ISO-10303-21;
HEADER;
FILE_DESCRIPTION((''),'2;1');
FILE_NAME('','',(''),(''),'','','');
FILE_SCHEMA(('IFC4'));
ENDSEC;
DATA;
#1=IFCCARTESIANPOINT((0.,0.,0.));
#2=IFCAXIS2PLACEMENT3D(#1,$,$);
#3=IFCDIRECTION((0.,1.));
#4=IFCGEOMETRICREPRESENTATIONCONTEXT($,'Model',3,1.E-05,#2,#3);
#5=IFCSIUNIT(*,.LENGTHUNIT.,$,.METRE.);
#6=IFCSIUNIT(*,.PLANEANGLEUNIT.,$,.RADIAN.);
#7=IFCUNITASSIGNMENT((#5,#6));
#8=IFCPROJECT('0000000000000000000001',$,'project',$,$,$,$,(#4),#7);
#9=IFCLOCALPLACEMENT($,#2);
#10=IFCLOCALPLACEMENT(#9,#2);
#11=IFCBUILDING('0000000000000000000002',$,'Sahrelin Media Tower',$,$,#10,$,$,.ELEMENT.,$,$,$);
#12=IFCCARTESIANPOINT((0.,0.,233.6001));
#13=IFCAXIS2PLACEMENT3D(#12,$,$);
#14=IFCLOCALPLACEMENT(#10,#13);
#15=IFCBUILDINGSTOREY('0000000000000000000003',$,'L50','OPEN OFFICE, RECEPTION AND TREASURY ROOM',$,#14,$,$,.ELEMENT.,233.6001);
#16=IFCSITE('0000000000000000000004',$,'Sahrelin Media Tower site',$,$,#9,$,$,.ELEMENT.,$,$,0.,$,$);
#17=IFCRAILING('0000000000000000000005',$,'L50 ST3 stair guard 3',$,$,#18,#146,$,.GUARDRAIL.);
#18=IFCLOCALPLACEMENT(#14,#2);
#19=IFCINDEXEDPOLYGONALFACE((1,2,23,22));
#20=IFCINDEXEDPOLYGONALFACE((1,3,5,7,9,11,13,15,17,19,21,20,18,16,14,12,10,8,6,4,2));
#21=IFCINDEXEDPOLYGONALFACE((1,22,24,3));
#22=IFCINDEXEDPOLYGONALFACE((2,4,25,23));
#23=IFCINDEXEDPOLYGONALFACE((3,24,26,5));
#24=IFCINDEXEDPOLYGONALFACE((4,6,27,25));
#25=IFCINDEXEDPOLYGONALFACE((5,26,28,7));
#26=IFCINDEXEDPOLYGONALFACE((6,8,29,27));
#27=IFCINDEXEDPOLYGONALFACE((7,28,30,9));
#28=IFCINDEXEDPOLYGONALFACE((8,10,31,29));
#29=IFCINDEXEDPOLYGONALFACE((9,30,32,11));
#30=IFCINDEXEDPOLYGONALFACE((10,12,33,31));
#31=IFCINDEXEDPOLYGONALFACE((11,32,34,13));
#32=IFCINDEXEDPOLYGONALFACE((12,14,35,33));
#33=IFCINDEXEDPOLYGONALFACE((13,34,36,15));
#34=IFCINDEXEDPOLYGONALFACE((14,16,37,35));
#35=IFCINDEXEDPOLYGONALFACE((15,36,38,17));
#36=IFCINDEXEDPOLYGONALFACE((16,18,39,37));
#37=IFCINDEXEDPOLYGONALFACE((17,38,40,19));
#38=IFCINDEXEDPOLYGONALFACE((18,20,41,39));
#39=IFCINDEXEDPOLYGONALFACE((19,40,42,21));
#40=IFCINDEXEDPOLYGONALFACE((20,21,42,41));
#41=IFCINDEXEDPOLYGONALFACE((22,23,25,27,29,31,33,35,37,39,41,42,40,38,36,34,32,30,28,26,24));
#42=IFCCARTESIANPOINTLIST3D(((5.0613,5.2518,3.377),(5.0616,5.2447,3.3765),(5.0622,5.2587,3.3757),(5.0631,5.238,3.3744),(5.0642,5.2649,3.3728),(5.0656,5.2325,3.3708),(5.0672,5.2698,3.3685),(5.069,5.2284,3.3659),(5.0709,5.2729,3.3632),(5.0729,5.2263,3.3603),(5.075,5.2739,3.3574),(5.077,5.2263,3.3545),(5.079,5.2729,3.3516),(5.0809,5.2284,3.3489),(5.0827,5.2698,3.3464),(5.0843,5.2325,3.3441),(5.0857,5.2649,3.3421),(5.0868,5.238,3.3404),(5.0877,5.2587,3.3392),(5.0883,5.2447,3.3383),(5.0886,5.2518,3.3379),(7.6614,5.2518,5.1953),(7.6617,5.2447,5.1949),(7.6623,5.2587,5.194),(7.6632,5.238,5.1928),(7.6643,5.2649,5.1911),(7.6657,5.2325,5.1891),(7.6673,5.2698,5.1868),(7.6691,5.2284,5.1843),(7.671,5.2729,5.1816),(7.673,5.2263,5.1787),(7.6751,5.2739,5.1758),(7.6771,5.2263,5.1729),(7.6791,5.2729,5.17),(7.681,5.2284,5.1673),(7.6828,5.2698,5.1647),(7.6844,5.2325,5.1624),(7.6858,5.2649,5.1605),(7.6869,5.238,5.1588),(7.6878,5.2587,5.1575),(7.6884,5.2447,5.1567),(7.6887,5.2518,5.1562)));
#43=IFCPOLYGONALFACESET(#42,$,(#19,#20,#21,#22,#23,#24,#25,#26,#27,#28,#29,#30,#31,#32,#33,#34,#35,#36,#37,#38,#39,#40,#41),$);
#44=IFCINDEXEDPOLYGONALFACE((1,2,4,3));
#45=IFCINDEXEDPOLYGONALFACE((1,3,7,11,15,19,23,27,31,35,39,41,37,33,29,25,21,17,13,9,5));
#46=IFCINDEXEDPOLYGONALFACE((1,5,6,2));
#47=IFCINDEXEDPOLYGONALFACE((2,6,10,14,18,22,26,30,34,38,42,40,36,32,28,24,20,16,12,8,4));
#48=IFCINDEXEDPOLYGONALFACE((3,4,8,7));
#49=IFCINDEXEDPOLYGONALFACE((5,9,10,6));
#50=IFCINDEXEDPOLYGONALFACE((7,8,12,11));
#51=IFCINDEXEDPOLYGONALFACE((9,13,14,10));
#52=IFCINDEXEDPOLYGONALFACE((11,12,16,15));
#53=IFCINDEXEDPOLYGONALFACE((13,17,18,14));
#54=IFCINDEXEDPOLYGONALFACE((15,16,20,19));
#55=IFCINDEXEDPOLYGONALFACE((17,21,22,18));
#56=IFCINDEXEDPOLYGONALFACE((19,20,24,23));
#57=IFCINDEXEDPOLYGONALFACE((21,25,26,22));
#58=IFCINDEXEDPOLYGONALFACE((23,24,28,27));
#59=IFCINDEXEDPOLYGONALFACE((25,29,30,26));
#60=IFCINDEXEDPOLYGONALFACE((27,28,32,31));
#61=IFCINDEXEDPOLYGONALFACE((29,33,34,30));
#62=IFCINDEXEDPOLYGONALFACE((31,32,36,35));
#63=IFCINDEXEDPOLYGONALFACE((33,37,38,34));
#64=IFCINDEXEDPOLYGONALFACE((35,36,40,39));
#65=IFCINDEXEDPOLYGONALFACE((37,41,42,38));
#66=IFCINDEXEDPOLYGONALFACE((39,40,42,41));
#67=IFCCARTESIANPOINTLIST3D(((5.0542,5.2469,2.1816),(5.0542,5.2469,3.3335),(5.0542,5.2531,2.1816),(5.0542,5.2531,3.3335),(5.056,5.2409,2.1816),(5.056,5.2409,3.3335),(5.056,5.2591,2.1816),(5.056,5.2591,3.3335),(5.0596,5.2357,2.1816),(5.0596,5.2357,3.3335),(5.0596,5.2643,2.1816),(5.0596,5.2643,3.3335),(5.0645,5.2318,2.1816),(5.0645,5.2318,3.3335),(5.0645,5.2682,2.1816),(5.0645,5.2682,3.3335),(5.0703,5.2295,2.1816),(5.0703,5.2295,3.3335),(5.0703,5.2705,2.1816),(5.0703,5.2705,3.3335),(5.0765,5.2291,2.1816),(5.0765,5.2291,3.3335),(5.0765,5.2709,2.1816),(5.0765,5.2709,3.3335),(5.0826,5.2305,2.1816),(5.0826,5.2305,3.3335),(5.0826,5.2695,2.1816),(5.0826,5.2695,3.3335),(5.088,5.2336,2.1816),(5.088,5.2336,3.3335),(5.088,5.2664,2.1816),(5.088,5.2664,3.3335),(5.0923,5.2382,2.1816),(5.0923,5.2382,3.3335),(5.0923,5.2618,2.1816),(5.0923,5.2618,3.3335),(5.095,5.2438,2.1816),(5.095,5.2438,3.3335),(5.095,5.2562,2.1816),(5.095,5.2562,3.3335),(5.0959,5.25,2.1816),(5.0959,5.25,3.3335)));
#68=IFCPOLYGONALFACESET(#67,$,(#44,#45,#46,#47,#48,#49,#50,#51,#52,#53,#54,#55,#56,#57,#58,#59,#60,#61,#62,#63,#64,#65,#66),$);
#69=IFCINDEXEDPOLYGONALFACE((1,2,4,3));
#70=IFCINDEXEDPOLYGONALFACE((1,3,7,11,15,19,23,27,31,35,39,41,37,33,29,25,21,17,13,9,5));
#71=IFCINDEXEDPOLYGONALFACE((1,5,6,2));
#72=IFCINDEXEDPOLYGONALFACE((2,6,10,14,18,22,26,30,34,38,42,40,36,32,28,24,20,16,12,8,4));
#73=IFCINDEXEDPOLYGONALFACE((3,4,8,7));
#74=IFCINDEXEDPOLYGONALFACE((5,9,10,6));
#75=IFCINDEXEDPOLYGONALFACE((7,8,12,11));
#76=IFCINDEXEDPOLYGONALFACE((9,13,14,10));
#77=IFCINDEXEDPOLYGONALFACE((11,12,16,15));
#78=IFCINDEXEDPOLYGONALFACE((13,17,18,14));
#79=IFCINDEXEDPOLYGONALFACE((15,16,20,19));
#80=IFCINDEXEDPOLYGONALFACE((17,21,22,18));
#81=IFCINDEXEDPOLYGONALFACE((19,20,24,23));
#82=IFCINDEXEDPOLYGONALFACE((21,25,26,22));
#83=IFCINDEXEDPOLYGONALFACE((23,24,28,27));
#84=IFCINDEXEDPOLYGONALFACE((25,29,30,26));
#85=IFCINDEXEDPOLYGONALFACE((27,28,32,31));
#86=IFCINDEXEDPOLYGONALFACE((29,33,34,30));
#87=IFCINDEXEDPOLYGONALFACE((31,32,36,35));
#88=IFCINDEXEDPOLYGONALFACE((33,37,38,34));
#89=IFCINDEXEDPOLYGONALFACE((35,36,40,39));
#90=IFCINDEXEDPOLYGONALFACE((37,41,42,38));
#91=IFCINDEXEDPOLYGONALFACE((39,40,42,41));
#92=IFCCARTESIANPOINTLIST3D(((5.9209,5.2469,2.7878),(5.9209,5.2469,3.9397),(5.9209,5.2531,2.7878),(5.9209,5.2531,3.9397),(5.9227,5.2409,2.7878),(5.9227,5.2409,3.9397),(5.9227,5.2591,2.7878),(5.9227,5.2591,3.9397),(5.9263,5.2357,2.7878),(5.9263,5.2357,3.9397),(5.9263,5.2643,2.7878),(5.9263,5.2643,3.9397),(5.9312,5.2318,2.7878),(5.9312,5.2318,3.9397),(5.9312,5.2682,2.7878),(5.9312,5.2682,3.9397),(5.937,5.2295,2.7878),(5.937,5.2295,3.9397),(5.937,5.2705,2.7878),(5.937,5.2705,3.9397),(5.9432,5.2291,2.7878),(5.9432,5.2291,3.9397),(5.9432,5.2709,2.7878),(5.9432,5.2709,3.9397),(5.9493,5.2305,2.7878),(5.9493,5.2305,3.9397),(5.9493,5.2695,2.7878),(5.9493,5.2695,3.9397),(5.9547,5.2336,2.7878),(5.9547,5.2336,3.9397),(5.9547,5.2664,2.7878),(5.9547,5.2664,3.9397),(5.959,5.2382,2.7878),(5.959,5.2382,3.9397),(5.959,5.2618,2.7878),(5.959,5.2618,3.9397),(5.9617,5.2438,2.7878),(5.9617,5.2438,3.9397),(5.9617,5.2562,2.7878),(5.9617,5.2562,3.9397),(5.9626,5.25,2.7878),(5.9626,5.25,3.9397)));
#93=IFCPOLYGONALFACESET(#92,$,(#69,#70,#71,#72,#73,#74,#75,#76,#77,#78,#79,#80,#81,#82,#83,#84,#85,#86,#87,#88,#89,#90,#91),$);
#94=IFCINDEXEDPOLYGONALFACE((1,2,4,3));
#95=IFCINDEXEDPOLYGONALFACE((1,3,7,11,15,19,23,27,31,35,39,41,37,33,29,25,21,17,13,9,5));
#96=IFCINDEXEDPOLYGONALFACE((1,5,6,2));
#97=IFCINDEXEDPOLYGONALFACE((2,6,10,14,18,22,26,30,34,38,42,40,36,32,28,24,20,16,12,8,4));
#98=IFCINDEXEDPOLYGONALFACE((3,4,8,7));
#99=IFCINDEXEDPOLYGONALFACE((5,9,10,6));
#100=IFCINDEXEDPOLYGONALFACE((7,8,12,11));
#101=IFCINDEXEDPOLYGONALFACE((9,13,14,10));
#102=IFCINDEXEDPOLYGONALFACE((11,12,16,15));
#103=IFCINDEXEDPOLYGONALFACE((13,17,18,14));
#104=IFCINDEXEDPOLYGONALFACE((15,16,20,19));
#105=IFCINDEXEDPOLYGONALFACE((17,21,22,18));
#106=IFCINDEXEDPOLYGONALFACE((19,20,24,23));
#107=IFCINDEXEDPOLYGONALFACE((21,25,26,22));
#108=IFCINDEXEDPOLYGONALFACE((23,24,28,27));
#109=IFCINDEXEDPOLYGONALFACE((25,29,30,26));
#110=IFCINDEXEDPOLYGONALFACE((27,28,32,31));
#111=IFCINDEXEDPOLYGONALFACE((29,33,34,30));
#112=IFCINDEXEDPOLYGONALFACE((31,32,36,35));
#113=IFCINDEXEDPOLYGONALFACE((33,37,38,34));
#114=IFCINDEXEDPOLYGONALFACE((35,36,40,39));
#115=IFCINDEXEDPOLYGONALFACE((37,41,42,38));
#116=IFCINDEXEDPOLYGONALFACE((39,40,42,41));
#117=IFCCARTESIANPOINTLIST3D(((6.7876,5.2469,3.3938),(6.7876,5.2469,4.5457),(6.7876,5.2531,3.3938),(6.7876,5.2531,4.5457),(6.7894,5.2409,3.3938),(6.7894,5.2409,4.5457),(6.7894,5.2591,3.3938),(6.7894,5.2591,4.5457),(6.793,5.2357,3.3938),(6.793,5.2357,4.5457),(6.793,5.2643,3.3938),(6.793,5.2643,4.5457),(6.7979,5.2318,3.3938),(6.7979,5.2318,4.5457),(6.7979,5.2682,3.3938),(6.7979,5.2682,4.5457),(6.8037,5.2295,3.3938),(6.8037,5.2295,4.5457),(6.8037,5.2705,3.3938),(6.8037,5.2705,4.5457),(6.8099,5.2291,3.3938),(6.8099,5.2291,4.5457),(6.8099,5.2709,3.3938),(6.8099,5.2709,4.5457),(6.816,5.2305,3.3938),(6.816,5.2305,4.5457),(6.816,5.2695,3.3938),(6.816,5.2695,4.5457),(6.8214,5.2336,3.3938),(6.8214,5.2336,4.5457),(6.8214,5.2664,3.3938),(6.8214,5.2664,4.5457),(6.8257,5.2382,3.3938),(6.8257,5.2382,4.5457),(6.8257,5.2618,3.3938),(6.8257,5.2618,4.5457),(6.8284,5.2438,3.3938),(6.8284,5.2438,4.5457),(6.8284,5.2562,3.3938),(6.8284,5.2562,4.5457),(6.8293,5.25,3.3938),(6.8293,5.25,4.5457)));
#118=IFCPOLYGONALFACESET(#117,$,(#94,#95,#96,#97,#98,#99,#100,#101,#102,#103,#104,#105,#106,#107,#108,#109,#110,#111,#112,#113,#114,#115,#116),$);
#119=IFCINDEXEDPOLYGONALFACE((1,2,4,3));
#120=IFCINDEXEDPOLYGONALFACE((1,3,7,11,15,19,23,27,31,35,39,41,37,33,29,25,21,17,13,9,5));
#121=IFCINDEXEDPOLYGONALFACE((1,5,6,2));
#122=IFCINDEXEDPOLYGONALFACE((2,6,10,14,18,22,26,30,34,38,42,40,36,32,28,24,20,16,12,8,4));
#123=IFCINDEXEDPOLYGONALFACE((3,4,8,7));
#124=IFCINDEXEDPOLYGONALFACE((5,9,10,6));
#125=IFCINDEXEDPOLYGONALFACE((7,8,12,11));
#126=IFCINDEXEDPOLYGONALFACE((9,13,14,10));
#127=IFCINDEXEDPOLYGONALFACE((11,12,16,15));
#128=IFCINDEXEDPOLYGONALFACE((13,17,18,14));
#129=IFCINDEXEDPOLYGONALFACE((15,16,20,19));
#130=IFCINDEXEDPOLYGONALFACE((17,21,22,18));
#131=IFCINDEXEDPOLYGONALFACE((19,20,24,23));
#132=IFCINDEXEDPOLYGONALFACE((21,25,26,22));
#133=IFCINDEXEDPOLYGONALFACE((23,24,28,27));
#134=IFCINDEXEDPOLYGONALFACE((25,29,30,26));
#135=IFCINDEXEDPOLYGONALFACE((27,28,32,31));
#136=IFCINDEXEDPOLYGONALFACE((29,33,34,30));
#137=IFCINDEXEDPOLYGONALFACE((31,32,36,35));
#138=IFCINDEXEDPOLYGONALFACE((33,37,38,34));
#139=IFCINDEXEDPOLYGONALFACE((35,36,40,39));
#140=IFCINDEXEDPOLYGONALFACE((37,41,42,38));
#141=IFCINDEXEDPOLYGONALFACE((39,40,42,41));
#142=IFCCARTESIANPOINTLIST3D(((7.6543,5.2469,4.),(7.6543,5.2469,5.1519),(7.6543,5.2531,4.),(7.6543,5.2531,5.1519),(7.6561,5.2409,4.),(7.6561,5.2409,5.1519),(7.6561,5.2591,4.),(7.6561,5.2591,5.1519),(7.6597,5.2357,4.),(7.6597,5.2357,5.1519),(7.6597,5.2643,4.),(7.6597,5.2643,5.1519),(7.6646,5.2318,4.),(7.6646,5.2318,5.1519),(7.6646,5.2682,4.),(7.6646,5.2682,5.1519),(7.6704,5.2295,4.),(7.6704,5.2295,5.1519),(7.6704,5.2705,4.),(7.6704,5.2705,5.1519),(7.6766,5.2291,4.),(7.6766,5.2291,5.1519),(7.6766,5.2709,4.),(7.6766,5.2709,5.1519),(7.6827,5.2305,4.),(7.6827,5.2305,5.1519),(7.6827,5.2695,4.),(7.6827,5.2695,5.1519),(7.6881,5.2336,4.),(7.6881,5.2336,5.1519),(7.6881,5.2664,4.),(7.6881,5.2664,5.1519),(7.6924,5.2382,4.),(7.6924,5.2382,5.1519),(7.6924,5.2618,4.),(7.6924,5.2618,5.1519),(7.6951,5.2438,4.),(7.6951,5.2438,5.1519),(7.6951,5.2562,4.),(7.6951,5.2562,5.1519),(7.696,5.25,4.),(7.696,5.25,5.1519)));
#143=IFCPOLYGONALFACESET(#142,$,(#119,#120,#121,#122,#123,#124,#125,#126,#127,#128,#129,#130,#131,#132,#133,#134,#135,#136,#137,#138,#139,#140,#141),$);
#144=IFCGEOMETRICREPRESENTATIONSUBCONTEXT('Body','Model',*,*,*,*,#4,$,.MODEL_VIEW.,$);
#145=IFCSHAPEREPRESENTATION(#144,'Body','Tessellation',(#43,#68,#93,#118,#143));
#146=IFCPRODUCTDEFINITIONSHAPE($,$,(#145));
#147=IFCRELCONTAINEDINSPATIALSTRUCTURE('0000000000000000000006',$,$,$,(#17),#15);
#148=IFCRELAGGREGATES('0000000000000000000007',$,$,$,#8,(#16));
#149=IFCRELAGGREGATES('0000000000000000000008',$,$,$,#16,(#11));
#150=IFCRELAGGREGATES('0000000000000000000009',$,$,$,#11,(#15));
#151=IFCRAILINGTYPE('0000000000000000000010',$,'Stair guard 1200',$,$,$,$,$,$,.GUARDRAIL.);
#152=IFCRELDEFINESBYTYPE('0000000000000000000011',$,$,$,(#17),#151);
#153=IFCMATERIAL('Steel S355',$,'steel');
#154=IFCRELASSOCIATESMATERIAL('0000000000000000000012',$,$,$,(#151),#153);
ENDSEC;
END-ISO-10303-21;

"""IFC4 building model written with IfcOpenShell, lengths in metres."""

from ifc_helpers import new_model, si_unit, direction, frame, origin, origin_2d, place, context, subcontext, project, spatial, circle, extrude, material, type_object, element, save


model = new_model("IFC4")

# Units and contexts
model_context = context("Model", 3, precision=1e-05, world=origin(), true_north=direction((0.0, 1.0)))
body_context = subcontext(model_context, "Body", "Model", "MODEL_VIEW")
ifc_project = project(units=[si_unit("LENGTHUNIT", "METRE"), si_unit("PLANEANGLEUNIT", "RADIAN")], contexts=[model_context])

# Site, building, storey
site_placement = place(None, origin())
site = spatial("IfcSite", under=ifc_project, at=site_placement, Name="Sahrelin Media Tower site", CompositionType="ELEMENT", RefElevation=0.0)
building_placement = place(site_placement, origin())
building = spatial("IfcBuilding", under=site, at=building_placement, Name="Sahrelin Media Tower", CompositionType="ELEMENT")
storey_placement = place(building_placement, frame((0.0, 0.0, 233.6001)))
storey = spatial("IfcBuildingStorey", under=building, at=storey_placement, Name="L50", Description="OPEN OFFICE, RECEPTION AND TREASURY ROOM", CompositionType="ELEMENT", Elevation=233.6001)

# Shared definitions
ifc_material_1 = material(Name="Steel S355", Category="steel")

# Railing
railing_type_1 = type_object("IfcRailingType", Name="Stair guard 1200", PredefinedType="GUARDRAIL", material=ifc_material_1)
railing_1_placement = place(storey_placement, frame((5.075, 5.25, 2.1816)))
element("IfcRailing", 1, at=railing_1_placement, inside=storey, type_object=railing_type_1, Name="L50 ST3 stair guard 3", PredefinedType="GUARDRAIL", context=body_context, shape_type="SweptSolid", body=[
    extrude(circle(Radius=0.0239, at=origin_2d()), frame((0.0, 0.0, 1.1758), z_axis=(0.819485, 0.0, 0.573101), x_axis=(0.0, 1.0, 0.0)), (0.0, 0.0, 1.0), 3.1729),
    extrude(circle(Radius=0.021, at=origin_2d()), origin(), (0.0, 0.0, 1.0), 1.1519),
    extrude(circle(Radius=0.021, at=origin_2d()), frame((0.8667, 0.0, 0.6062)), (0.0, 0.0, 1.0), 1.1519),
    extrude(circle(Radius=0.021, at=origin_2d()), frame((1.7334, 0.0, 1.2122)), (0.0, 0.0, 1.0), 1.1519),
    extrude(circle(Radius=0.021, at=origin_2d()), frame((2.6001, 0.0, 1.8184)), (0.0, 0.0, 1.0), 1.1519),
])

save(model, "model.ifc")
